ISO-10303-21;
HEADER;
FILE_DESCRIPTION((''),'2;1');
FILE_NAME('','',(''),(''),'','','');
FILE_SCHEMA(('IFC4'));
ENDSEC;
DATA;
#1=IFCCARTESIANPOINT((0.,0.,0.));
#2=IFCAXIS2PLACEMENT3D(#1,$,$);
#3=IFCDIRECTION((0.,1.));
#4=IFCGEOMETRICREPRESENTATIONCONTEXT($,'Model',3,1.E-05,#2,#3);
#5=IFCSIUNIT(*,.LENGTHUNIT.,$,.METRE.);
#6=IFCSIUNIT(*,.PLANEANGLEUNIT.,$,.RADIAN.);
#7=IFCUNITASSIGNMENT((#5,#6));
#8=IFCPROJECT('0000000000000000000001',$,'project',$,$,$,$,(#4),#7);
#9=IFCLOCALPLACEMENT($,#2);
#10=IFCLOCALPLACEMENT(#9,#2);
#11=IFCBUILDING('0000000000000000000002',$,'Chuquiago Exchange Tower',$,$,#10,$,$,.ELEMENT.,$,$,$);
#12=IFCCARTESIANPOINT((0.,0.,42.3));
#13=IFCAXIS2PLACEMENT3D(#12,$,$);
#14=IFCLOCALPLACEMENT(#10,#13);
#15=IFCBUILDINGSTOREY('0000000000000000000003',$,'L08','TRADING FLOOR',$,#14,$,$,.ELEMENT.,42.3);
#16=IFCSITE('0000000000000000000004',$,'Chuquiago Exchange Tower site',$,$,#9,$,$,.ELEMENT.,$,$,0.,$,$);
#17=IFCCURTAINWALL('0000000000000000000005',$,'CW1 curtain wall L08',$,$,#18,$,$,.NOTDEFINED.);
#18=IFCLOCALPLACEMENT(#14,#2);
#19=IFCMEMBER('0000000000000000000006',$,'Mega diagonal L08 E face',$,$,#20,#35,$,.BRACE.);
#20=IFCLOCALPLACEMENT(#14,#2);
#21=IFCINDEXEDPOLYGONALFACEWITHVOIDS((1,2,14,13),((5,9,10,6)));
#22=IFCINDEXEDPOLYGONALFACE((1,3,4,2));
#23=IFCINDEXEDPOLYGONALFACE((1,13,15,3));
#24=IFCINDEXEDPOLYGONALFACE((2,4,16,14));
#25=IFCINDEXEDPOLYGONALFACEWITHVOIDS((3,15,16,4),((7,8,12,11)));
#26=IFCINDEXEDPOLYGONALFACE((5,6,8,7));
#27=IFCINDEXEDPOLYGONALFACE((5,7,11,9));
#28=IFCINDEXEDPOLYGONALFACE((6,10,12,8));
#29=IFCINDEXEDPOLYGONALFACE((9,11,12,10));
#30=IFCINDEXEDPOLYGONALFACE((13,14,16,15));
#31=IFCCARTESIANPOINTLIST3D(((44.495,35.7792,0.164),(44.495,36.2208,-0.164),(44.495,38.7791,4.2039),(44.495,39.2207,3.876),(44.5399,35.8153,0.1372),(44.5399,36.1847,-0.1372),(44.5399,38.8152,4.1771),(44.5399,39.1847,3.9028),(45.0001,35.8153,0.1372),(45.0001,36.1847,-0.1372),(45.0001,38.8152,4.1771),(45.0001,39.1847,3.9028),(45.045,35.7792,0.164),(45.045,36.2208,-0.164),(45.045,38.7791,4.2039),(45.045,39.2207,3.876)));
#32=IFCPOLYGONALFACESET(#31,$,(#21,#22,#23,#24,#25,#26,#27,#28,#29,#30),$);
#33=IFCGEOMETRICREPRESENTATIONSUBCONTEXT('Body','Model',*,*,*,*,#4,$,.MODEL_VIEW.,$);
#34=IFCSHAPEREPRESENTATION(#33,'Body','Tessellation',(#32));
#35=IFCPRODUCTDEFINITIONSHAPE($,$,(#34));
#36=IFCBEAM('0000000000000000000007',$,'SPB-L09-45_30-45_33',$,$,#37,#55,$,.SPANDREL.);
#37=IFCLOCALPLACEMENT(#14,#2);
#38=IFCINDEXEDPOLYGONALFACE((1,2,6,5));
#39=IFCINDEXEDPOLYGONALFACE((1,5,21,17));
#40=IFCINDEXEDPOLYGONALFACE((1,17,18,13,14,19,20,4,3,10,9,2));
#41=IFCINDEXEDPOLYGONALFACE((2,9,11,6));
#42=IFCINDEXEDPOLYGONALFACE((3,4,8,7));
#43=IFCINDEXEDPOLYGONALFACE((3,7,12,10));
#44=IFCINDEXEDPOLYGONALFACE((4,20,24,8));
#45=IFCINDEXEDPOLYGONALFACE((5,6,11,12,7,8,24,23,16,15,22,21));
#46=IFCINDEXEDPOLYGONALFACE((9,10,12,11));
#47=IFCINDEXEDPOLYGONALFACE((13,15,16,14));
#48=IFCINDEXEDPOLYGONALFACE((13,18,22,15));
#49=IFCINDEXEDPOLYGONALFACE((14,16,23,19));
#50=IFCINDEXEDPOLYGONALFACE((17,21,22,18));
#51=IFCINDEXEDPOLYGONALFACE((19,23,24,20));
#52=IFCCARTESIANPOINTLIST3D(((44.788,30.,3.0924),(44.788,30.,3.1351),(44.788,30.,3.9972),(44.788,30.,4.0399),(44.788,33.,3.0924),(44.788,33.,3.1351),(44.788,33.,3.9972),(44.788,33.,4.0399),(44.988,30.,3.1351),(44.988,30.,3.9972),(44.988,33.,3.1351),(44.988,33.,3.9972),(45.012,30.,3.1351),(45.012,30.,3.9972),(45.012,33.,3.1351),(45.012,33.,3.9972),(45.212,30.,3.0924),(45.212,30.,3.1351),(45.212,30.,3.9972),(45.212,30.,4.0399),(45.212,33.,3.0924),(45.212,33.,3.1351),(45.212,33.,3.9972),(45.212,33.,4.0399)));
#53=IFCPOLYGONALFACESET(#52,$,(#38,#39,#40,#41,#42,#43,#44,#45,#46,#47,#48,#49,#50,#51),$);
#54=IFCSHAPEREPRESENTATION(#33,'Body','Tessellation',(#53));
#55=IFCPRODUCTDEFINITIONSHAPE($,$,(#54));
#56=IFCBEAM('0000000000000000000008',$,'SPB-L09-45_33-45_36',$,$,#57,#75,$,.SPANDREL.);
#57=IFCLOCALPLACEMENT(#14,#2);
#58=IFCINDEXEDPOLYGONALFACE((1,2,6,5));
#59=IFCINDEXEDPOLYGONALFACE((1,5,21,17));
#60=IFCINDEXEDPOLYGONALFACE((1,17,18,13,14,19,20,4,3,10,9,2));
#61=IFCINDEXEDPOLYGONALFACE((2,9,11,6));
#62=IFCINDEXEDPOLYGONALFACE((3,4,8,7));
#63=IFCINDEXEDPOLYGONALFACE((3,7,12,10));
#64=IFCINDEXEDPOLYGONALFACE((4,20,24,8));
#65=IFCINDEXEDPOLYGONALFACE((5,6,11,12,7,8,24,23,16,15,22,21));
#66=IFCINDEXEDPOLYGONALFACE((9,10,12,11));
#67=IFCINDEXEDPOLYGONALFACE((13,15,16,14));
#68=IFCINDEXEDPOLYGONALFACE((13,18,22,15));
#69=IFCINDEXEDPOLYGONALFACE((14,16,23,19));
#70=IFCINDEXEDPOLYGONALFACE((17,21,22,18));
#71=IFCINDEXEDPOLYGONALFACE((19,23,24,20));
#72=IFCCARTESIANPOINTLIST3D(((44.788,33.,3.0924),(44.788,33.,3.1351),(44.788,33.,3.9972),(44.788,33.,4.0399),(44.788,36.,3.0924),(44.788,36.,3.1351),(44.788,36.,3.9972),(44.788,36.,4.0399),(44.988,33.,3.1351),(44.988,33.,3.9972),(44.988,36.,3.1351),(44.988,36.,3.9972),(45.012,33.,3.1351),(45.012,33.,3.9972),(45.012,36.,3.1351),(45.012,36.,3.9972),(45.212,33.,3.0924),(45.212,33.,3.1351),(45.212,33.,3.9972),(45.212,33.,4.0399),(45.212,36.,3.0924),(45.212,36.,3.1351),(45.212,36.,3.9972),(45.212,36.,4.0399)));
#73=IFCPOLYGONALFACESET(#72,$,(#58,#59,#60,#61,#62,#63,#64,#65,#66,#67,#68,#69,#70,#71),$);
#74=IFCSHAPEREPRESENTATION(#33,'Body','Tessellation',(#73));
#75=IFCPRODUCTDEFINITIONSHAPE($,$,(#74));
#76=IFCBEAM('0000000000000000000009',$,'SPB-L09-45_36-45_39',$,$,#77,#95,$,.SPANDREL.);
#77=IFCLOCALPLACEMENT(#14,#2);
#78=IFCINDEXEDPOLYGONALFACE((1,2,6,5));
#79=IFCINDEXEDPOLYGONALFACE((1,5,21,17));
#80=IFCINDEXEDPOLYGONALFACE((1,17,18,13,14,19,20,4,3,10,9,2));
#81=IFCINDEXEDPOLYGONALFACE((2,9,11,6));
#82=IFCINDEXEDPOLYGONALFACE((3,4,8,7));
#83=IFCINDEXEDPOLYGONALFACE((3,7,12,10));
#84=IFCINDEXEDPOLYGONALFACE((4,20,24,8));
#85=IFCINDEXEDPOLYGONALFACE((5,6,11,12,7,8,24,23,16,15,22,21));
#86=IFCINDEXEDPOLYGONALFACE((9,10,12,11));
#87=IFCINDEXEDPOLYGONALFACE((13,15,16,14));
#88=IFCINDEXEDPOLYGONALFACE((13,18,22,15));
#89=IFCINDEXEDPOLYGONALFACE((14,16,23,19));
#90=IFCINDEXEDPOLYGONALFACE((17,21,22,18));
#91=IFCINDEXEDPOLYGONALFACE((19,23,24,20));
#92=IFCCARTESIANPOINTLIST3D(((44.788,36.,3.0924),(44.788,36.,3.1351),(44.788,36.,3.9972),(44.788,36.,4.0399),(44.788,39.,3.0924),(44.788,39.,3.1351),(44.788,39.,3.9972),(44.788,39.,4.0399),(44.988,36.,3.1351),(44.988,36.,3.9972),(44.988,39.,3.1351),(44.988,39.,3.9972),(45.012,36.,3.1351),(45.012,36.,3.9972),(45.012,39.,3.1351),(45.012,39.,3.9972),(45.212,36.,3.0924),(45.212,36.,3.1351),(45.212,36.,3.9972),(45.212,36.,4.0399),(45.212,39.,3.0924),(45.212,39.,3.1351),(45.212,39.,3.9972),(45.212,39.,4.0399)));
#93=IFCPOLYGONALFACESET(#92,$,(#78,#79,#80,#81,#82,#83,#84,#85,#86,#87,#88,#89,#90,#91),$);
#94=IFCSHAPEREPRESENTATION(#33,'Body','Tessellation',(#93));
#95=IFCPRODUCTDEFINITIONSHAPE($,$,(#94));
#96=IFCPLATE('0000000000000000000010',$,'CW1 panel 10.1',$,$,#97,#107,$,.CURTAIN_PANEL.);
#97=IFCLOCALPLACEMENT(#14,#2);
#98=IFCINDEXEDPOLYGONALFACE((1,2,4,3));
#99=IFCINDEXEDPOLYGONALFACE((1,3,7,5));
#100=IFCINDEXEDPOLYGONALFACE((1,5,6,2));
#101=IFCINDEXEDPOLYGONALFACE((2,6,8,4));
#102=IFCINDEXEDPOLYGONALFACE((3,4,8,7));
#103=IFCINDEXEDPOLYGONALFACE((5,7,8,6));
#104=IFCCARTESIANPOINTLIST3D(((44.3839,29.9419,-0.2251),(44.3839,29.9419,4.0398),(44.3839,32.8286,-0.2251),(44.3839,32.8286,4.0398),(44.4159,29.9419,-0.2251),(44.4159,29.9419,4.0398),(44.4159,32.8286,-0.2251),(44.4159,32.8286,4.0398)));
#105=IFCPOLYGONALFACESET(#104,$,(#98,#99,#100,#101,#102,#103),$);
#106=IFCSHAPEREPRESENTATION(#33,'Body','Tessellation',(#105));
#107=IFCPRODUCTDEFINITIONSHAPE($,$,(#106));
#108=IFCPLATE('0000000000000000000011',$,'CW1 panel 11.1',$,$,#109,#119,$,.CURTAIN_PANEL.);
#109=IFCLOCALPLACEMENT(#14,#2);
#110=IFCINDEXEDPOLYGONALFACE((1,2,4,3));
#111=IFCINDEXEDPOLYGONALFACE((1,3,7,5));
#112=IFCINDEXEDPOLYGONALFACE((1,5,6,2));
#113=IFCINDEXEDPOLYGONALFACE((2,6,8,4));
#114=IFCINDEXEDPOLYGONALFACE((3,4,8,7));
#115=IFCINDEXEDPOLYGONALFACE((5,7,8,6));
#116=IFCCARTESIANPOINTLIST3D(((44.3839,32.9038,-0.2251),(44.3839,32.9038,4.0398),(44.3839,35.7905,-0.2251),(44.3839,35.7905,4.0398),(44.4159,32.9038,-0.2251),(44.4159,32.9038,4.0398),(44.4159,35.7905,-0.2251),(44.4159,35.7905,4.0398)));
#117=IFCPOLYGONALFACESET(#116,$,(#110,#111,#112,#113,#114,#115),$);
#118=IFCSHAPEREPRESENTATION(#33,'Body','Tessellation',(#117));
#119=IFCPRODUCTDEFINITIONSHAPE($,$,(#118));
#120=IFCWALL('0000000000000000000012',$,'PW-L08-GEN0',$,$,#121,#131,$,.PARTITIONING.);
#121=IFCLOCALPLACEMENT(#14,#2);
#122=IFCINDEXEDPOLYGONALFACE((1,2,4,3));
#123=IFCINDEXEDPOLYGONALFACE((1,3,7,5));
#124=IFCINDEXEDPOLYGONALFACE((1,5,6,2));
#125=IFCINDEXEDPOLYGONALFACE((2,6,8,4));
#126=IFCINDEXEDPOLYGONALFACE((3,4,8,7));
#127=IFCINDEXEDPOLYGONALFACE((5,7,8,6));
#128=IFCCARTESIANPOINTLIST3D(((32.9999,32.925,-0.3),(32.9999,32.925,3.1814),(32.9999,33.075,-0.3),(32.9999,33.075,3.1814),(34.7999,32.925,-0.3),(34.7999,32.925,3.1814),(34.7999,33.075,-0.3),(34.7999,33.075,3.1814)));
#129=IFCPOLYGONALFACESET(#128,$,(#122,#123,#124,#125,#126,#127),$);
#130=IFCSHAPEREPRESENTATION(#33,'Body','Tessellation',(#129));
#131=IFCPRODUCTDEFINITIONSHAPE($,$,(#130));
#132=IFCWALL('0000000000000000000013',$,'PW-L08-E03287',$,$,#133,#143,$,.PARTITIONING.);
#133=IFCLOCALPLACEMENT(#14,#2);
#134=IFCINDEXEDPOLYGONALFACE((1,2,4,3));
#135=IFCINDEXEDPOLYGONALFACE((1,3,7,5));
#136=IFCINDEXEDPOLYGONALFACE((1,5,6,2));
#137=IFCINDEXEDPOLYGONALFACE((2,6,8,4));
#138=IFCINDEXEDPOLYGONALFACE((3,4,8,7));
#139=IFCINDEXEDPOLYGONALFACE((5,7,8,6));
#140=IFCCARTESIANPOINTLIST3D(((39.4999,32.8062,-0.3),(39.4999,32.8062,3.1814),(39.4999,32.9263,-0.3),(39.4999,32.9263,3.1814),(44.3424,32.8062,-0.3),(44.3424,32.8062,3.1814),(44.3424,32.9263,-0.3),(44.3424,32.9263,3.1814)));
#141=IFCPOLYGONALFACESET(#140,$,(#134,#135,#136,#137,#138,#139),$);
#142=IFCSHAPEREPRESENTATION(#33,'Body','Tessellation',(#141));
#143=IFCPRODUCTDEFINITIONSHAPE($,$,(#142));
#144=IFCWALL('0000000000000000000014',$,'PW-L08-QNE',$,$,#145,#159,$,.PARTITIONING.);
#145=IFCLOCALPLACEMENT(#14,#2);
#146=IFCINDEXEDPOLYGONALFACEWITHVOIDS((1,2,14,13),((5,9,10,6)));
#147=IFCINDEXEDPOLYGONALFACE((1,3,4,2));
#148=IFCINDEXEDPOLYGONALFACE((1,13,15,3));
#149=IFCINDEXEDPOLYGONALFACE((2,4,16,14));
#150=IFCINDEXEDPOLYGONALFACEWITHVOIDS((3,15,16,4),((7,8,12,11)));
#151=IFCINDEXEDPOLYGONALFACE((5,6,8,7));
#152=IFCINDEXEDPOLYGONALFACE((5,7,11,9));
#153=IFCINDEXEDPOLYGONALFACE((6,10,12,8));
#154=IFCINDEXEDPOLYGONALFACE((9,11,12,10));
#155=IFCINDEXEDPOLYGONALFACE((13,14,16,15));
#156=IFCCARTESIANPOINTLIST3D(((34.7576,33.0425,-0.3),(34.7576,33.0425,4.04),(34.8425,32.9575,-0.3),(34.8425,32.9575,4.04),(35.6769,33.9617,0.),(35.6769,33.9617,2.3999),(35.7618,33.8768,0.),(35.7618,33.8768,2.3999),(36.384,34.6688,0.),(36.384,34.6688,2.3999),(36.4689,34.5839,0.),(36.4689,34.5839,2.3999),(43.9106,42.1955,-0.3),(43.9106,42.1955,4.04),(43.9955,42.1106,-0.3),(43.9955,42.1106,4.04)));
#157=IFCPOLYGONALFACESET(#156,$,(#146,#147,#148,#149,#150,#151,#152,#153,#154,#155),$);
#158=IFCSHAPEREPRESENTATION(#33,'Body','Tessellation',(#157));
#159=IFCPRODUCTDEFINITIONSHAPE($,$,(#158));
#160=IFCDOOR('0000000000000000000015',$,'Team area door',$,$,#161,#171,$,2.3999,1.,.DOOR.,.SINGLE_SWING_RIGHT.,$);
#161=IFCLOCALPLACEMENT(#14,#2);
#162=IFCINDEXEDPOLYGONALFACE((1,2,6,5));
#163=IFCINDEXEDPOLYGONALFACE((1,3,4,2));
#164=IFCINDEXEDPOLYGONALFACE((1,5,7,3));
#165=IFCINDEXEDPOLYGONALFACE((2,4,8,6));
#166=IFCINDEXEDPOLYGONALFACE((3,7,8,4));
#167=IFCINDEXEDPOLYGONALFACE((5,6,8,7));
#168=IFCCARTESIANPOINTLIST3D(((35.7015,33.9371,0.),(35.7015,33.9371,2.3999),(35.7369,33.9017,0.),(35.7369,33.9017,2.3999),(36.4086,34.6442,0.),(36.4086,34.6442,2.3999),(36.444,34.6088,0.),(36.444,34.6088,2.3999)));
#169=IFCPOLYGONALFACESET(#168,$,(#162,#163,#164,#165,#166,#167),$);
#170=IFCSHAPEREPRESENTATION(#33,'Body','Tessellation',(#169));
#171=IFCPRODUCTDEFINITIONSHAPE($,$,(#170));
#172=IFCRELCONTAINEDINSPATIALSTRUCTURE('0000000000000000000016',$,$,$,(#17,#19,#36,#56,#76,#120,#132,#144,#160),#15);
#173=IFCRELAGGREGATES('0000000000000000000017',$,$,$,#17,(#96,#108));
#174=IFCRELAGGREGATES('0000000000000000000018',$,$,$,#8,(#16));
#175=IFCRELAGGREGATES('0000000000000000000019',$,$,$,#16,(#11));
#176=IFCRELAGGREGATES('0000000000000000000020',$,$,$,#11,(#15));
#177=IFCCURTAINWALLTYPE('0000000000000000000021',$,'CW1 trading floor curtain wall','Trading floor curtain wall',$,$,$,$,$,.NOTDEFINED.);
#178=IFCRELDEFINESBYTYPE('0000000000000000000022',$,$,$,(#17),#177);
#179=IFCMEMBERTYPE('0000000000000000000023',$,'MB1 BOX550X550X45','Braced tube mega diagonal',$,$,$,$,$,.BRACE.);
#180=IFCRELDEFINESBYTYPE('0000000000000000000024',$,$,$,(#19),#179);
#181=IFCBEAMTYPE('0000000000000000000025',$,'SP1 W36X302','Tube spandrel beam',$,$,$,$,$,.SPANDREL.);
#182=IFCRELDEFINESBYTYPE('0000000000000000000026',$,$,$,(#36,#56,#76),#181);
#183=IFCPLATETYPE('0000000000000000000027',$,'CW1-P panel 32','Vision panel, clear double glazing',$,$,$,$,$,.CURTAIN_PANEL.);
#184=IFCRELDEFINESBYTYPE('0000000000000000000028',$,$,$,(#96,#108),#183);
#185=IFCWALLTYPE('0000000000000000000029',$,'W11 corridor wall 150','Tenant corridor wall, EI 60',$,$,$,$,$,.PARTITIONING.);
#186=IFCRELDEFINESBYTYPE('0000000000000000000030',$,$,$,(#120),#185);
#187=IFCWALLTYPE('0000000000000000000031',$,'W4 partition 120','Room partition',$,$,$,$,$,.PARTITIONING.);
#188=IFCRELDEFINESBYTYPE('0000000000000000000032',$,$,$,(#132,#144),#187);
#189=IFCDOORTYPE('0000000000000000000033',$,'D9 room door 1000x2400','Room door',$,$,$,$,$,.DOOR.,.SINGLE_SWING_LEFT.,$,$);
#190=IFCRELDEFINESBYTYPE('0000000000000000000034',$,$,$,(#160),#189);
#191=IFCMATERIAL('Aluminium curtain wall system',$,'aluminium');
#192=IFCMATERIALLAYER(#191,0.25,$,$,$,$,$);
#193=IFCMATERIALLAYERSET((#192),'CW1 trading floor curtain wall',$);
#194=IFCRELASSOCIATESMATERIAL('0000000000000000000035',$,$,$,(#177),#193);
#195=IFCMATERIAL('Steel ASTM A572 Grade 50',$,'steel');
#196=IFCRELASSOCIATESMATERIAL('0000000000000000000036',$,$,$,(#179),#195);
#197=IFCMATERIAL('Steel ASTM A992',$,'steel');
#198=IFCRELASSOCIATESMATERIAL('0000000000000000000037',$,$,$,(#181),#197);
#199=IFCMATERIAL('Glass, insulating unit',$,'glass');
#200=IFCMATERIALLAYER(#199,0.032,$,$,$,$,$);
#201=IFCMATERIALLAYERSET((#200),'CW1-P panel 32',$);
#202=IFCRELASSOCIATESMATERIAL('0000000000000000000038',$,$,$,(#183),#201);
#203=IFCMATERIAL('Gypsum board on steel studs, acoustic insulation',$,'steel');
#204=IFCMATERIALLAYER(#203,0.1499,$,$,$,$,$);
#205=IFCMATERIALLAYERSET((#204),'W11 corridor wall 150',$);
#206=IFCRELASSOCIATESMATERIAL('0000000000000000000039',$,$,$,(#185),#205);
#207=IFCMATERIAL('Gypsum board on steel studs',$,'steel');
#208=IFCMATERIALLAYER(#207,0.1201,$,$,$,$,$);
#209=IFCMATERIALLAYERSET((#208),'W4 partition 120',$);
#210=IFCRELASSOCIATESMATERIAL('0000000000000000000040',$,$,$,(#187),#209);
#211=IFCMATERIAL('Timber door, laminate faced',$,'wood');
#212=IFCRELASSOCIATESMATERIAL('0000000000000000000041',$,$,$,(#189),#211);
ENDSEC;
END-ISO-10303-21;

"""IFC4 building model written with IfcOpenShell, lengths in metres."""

from ifc_helpers import new_model, si_unit, direction, frame, frame_2d, origin, origin_2d, place, context, subcontext, project, spatial, rectangle, hollow_rectangle, i_section, extrude, material, layer, layer_set, material_profile, profile_set, type_object, element, fill, aggregate, save


model = new_model("IFC4")

# Units and contexts
model_context = context("Model", 3, precision=1e-05, world=origin(), true_north=direction((0.0, 1.0)))
body_context = subcontext(model_context, "Body", "Model", "MODEL_VIEW")
ifc_project = project(units=[si_unit("LENGTHUNIT", "METRE"), si_unit("PLANEANGLEUNIT", "RADIAN")], contexts=[model_context])

# Site, building, storey
site_placement = place(None, origin())
site = spatial("IfcSite", under=ifc_project, at=site_placement, Name="Chuquiago Exchange Tower site", CompositionType="ELEMENT", RefElevation=0.0)
building_placement = place(site_placement, origin())
building = spatial("IfcBuilding", under=site, at=building_placement, Name="Chuquiago Exchange Tower", CompositionType="ELEMENT")
storey_placement = place(building_placement, frame((0.0, 0.0, 42.3)))
storey = spatial("IfcBuildingStorey", under=building, at=storey_placement, Name="L08", Description="TRADING FLOOR", CompositionType="ELEMENT", Elevation=42.3)

# Curtain wall
ifc_material_1 = material(Name="Aluminium curtain wall system", Category="aluminium")
ifc_layer_1 = layer(ifc_material_1, 0.25)
ifc_layer_set_1 = layer_set([ifc_layer_1], Name="CW1 trading floor curtain wall")
curtain_wall_type = type_object("IfcCurtainWallType", Name="CW1 trading floor curtain wall", Description="Trading floor curtain wall", PredefinedType="NOTDEFINED", material=ifc_layer_set_1)
curtain_wall_placement = place(storey_placement, origin())
curtain_wall = element("IfcCurtainWall", 1, at=curtain_wall_placement, inside=storey, type_object=curtain_wall_type, Name="CW1 curtain wall L08", PredefinedType="NOTDEFINED")

# Member
ifc_material_2 = material(Name="Steel ASTM A572 Grade 50", Category="steel")
ifc_material_profile_1 = material_profile(ifc_material_2, hollow_rectangle(XDim=0.55, YDim=0.55, WallThickness=0.0449, at=origin_2d()), Name="BOX550X550X45")
ifc_profile_set_1 = profile_set([ifc_material_profile_1], Name="Steel ASTM A572 Grade 50")
member_type_1 = type_object("IfcMemberType", Name="MB1 BOX550X550X45", Description="Braced tube mega diagonal", PredefinedType="BRACE", material=ifc_profile_set_1)
member_1_placement = place(storey_placement, frame((44.77, 36.0, 0.0), z_axis=(0.0, 0.596174, 0.802855), x_axis=(-1.0, 0.0, 0.0)))
element("IfcMember", 2, at=member_1_placement, inside=storey, type_object=member_type_1, Name="Mega diagonal L08 E face", PredefinedType="BRACE", context=body_context, shape_type="SweptSolid", body=[
    extrude(hollow_rectangle(XDim=0.55, YDim=0.55, WallThickness=0.0449, at=origin_2d()), origin(), (0.0, 0.0, 1.0), 5.032),
])

# Beams
ifc_material_3 = material(Name="Steel ASTM A992", Category="steel")
ifc_material_profile_2 = material_profile(ifc_material_3, i_section(OverallWidth=0.4241, OverallDepth=0.9475, WebThickness=0.0239, FlangeThickness=0.0427, at=origin_2d()), Name="W36X302")
ifc_profile_set_2 = profile_set([ifc_material_profile_2], Name="Steel ASTM A992")
beam_type_1 = type_object("IfcBeamType", Name="SP1 W36X302", Description="Tube spandrel beam", PredefinedType="SPANDREL", material=ifc_profile_set_2)
for number, where, z_axis, x_axis, name in (
    (3, (45.0, 30.0, 3.5662), (0.0, 1.0, 0.0), (-1.0, 0.0, 0.0), "SPB-L09-45_30-45_33"),
    (4, (45.0, 33.0, 3.5662), (0.0, 1.0, 0.0), (-1.0, 0.0, 0.0), "SPB-L09-45_33-45_36"),
    (5, (45.0, 36.0, 3.5662), (0.0, 1.0, 0.0), (-1.0, 0.0, 0.0), "SPB-L09-45_36-45_39"),
):
    element("IfcBeam", number, at=place(storey_placement, frame(where, z_axis=z_axis, x_axis=x_axis)), inside=storey, type_object=beam_type_1, Name=name, PredefinedType="SPANDREL", context=body_context, shape_type="SweptSolid", body=[
        extrude(i_section(OverallWidth=0.4241, OverallDepth=0.9475, WebThickness=0.0239, FlangeThickness=0.0427, at=origin_2d()), origin(), (0.0, 0.0, 1.0), 3.0),
    ])

# Plates
ifc_material_4 = material(Name="Glass, insulating unit", Category="glass")
ifc_layer_2 = layer(ifc_material_4, 0.032)
ifc_layer_set_2 = layer_set([ifc_layer_2], Name="CW1-P panel 32")
plate_type = type_object("IfcPlateType", Name="CW1-P panel 32", Description="Vision panel, clear double glazing", PredefinedType="CURTAIN_PANEL", material=ifc_layer_set_2)
plate_1_placement = place(storey_placement, frame((44.3999, 31.3853, -0.2251), z_axis=(0.0, 0.0, 1.0), x_axis=(0.0, 1.0, 0.0)))
plate_1 = element("IfcPlate", 6, at=plate_1_placement, type_object=plate_type, Name="CW1 panel 10.1", PredefinedType="CURTAIN_PANEL", context=body_context, shape_type="SweptSolid", body=[
    extrude(rectangle(XDim=2.8867, YDim=0.032, at=origin_2d()), origin(), (0.0, 0.0, 1.0), 4.2649),
])
plate_2_placement = place(storey_placement, frame((44.3999, 34.3472, -0.2251), z_axis=(0.0, 0.0, 1.0), x_axis=(0.0, 1.0, 0.0)))
plate_2 = element("IfcPlate", 7, at=plate_2_placement, type_object=plate_type, Name="CW1 panel 11.1", PredefinedType="CURTAIN_PANEL", context=body_context, shape_type="SweptSolid", body=[
    extrude(rectangle(XDim=2.8867, YDim=0.032, at=origin_2d()), origin(), (0.0, 0.0, 1.0), 4.2649),
])
aggregate(curtain_wall, [plate_1, plate_2])

# Walls
ifc_material_5 = material(Name="Gypsum board on steel studs, acoustic insulation", Category="steel")
ifc_layer_3 = layer(ifc_material_5, 0.1499)
ifc_layer_set_3 = layer_set([ifc_layer_3], Name="W11 corridor wall 150")
wall_type_1 = type_object("IfcWallType", Name="W11 corridor wall 150", Description="Tenant corridor wall, EI 60", PredefinedType="PARTITIONING", material=ifc_layer_set_3)
wall_1_placement = place(storey_placement, frame((33.0, 33.0, -0.3), z_axis=(0.0, 0.0, 1.0), x_axis=(1.0, 0.0, 0.0)))
element("IfcWall", 8, at=wall_1_placement, inside=storey, type_object=wall_type_1, Name="PW-L08-GEN0", PredefinedType="PARTITIONING", context=body_context, shape_type="SweptSolid", body=[
    extrude(rectangle(XDim=1.8, YDim=0.1499, at=frame_2d((0.8999, 0.0))), origin(), (0.0, 0.0, 1.0), 3.4814),
])
ifc_material_6 = material(Name="Gypsum board on steel studs", Category="steel")
ifc_layer_4 = layer(ifc_material_6, 0.1201)
ifc_layer_set_4 = layer_set([ifc_layer_4], Name="W4 partition 120")
wall_type_2 = type_object("IfcWallType", Name="W4 partition 120", Description="Room partition", PredefinedType="PARTITIONING", material=ifc_layer_set_4)
wall_2_placement = place(storey_placement, frame((44.3425, 32.8662, -0.3), z_axis=(0.0, 0.0, 1.0), x_axis=(-1.0, 0.0, 0.0)))
element("IfcWall", 9, at=wall_2_placement, inside=storey, type_object=wall_type_2, Name="PW-L08-E03287", PredefinedType="PARTITIONING", context=body_context, shape_type="SweptSolid", body=[
    extrude(rectangle(XDim=4.8425, YDim=0.1201, at=frame_2d((2.4214, 0.0))), origin(), (0.0, 0.0, 1.0), 3.4814),
])

# Wall, opening, door
wall_3_placement = place(storey_placement, frame((34.8, 33.0, -0.3), z_axis=(0.0, 0.0, 1.0), x_axis=(0.707107, 0.707107, 0.0)))
wall_3 = element("IfcWall", 10, at=wall_3_placement, inside=storey, type_object=wall_type_2, Name="PW-L08-QNE", PredefinedType="PARTITIONING", context=body_context, shape_type="SweptSolid", body=[
    extrude(rectangle(XDim=12.9443, YDim=0.1201, at=frame_2d((6.4722, 0.0))), origin(), (0.0, 0.0, 1.0), 4.3401),
])
opening_placement = place(wall_3_placement, frame((1.3, 0.0, 0.3)))
opening = element("IfcOpeningElement", 11, at=opening_placement, cuts=wall_3, PredefinedType="OPENING", context=body_context, shape_type="SweptSolid", body=[
    extrude(rectangle(XDim=1.0, YDim=2.3999, at=frame_2d((0.5, 1.2))), frame((0.0, 0.0701, 0.0), z_axis=(0.0, -1.0, 0.0), x_axis=(1.0, 0.0, 0.0)), (0.0, 0.0, 1.0), 0.1401),
])
ifc_material_7 = material(Name="Timber door, laminate faced", Category="wood")
door_type = type_object("IfcDoorType", Name="D9 room door 1000x2400", Description="Room door", OperationType="SINGLE_SWING_LEFT", PredefinedType="DOOR", material=ifc_material_7)
door_placement = place(opening_placement, frame((1.0, 0.0, 0.0), z_axis=(0.0, 0.0, 1.0), x_axis=(-1.0, 0.0, 0.0)))
door = element("IfcDoor", 12, at=door_placement, inside=storey, type_object=door_type, Name="Team area door", OperationType="SINGLE_SWING_RIGHT", OverallHeight=2.3999, OverallWidth=1.0, PredefinedType="DOOR", context=body_context, shape_type="SweptSolid", body=[
    extrude(rectangle(XDim=1.0, YDim=2.3999, at=frame_2d((0.5, 1.2))), frame((0.0, 0.0249, 0.0), z_axis=(0.0, -1.0, 0.0), x_axis=(1.0, 0.0, 0.0)), (0.0, 0.0, 1.0), 0.05),
])
fill(opening, door)

save(model, "model.ifc")
